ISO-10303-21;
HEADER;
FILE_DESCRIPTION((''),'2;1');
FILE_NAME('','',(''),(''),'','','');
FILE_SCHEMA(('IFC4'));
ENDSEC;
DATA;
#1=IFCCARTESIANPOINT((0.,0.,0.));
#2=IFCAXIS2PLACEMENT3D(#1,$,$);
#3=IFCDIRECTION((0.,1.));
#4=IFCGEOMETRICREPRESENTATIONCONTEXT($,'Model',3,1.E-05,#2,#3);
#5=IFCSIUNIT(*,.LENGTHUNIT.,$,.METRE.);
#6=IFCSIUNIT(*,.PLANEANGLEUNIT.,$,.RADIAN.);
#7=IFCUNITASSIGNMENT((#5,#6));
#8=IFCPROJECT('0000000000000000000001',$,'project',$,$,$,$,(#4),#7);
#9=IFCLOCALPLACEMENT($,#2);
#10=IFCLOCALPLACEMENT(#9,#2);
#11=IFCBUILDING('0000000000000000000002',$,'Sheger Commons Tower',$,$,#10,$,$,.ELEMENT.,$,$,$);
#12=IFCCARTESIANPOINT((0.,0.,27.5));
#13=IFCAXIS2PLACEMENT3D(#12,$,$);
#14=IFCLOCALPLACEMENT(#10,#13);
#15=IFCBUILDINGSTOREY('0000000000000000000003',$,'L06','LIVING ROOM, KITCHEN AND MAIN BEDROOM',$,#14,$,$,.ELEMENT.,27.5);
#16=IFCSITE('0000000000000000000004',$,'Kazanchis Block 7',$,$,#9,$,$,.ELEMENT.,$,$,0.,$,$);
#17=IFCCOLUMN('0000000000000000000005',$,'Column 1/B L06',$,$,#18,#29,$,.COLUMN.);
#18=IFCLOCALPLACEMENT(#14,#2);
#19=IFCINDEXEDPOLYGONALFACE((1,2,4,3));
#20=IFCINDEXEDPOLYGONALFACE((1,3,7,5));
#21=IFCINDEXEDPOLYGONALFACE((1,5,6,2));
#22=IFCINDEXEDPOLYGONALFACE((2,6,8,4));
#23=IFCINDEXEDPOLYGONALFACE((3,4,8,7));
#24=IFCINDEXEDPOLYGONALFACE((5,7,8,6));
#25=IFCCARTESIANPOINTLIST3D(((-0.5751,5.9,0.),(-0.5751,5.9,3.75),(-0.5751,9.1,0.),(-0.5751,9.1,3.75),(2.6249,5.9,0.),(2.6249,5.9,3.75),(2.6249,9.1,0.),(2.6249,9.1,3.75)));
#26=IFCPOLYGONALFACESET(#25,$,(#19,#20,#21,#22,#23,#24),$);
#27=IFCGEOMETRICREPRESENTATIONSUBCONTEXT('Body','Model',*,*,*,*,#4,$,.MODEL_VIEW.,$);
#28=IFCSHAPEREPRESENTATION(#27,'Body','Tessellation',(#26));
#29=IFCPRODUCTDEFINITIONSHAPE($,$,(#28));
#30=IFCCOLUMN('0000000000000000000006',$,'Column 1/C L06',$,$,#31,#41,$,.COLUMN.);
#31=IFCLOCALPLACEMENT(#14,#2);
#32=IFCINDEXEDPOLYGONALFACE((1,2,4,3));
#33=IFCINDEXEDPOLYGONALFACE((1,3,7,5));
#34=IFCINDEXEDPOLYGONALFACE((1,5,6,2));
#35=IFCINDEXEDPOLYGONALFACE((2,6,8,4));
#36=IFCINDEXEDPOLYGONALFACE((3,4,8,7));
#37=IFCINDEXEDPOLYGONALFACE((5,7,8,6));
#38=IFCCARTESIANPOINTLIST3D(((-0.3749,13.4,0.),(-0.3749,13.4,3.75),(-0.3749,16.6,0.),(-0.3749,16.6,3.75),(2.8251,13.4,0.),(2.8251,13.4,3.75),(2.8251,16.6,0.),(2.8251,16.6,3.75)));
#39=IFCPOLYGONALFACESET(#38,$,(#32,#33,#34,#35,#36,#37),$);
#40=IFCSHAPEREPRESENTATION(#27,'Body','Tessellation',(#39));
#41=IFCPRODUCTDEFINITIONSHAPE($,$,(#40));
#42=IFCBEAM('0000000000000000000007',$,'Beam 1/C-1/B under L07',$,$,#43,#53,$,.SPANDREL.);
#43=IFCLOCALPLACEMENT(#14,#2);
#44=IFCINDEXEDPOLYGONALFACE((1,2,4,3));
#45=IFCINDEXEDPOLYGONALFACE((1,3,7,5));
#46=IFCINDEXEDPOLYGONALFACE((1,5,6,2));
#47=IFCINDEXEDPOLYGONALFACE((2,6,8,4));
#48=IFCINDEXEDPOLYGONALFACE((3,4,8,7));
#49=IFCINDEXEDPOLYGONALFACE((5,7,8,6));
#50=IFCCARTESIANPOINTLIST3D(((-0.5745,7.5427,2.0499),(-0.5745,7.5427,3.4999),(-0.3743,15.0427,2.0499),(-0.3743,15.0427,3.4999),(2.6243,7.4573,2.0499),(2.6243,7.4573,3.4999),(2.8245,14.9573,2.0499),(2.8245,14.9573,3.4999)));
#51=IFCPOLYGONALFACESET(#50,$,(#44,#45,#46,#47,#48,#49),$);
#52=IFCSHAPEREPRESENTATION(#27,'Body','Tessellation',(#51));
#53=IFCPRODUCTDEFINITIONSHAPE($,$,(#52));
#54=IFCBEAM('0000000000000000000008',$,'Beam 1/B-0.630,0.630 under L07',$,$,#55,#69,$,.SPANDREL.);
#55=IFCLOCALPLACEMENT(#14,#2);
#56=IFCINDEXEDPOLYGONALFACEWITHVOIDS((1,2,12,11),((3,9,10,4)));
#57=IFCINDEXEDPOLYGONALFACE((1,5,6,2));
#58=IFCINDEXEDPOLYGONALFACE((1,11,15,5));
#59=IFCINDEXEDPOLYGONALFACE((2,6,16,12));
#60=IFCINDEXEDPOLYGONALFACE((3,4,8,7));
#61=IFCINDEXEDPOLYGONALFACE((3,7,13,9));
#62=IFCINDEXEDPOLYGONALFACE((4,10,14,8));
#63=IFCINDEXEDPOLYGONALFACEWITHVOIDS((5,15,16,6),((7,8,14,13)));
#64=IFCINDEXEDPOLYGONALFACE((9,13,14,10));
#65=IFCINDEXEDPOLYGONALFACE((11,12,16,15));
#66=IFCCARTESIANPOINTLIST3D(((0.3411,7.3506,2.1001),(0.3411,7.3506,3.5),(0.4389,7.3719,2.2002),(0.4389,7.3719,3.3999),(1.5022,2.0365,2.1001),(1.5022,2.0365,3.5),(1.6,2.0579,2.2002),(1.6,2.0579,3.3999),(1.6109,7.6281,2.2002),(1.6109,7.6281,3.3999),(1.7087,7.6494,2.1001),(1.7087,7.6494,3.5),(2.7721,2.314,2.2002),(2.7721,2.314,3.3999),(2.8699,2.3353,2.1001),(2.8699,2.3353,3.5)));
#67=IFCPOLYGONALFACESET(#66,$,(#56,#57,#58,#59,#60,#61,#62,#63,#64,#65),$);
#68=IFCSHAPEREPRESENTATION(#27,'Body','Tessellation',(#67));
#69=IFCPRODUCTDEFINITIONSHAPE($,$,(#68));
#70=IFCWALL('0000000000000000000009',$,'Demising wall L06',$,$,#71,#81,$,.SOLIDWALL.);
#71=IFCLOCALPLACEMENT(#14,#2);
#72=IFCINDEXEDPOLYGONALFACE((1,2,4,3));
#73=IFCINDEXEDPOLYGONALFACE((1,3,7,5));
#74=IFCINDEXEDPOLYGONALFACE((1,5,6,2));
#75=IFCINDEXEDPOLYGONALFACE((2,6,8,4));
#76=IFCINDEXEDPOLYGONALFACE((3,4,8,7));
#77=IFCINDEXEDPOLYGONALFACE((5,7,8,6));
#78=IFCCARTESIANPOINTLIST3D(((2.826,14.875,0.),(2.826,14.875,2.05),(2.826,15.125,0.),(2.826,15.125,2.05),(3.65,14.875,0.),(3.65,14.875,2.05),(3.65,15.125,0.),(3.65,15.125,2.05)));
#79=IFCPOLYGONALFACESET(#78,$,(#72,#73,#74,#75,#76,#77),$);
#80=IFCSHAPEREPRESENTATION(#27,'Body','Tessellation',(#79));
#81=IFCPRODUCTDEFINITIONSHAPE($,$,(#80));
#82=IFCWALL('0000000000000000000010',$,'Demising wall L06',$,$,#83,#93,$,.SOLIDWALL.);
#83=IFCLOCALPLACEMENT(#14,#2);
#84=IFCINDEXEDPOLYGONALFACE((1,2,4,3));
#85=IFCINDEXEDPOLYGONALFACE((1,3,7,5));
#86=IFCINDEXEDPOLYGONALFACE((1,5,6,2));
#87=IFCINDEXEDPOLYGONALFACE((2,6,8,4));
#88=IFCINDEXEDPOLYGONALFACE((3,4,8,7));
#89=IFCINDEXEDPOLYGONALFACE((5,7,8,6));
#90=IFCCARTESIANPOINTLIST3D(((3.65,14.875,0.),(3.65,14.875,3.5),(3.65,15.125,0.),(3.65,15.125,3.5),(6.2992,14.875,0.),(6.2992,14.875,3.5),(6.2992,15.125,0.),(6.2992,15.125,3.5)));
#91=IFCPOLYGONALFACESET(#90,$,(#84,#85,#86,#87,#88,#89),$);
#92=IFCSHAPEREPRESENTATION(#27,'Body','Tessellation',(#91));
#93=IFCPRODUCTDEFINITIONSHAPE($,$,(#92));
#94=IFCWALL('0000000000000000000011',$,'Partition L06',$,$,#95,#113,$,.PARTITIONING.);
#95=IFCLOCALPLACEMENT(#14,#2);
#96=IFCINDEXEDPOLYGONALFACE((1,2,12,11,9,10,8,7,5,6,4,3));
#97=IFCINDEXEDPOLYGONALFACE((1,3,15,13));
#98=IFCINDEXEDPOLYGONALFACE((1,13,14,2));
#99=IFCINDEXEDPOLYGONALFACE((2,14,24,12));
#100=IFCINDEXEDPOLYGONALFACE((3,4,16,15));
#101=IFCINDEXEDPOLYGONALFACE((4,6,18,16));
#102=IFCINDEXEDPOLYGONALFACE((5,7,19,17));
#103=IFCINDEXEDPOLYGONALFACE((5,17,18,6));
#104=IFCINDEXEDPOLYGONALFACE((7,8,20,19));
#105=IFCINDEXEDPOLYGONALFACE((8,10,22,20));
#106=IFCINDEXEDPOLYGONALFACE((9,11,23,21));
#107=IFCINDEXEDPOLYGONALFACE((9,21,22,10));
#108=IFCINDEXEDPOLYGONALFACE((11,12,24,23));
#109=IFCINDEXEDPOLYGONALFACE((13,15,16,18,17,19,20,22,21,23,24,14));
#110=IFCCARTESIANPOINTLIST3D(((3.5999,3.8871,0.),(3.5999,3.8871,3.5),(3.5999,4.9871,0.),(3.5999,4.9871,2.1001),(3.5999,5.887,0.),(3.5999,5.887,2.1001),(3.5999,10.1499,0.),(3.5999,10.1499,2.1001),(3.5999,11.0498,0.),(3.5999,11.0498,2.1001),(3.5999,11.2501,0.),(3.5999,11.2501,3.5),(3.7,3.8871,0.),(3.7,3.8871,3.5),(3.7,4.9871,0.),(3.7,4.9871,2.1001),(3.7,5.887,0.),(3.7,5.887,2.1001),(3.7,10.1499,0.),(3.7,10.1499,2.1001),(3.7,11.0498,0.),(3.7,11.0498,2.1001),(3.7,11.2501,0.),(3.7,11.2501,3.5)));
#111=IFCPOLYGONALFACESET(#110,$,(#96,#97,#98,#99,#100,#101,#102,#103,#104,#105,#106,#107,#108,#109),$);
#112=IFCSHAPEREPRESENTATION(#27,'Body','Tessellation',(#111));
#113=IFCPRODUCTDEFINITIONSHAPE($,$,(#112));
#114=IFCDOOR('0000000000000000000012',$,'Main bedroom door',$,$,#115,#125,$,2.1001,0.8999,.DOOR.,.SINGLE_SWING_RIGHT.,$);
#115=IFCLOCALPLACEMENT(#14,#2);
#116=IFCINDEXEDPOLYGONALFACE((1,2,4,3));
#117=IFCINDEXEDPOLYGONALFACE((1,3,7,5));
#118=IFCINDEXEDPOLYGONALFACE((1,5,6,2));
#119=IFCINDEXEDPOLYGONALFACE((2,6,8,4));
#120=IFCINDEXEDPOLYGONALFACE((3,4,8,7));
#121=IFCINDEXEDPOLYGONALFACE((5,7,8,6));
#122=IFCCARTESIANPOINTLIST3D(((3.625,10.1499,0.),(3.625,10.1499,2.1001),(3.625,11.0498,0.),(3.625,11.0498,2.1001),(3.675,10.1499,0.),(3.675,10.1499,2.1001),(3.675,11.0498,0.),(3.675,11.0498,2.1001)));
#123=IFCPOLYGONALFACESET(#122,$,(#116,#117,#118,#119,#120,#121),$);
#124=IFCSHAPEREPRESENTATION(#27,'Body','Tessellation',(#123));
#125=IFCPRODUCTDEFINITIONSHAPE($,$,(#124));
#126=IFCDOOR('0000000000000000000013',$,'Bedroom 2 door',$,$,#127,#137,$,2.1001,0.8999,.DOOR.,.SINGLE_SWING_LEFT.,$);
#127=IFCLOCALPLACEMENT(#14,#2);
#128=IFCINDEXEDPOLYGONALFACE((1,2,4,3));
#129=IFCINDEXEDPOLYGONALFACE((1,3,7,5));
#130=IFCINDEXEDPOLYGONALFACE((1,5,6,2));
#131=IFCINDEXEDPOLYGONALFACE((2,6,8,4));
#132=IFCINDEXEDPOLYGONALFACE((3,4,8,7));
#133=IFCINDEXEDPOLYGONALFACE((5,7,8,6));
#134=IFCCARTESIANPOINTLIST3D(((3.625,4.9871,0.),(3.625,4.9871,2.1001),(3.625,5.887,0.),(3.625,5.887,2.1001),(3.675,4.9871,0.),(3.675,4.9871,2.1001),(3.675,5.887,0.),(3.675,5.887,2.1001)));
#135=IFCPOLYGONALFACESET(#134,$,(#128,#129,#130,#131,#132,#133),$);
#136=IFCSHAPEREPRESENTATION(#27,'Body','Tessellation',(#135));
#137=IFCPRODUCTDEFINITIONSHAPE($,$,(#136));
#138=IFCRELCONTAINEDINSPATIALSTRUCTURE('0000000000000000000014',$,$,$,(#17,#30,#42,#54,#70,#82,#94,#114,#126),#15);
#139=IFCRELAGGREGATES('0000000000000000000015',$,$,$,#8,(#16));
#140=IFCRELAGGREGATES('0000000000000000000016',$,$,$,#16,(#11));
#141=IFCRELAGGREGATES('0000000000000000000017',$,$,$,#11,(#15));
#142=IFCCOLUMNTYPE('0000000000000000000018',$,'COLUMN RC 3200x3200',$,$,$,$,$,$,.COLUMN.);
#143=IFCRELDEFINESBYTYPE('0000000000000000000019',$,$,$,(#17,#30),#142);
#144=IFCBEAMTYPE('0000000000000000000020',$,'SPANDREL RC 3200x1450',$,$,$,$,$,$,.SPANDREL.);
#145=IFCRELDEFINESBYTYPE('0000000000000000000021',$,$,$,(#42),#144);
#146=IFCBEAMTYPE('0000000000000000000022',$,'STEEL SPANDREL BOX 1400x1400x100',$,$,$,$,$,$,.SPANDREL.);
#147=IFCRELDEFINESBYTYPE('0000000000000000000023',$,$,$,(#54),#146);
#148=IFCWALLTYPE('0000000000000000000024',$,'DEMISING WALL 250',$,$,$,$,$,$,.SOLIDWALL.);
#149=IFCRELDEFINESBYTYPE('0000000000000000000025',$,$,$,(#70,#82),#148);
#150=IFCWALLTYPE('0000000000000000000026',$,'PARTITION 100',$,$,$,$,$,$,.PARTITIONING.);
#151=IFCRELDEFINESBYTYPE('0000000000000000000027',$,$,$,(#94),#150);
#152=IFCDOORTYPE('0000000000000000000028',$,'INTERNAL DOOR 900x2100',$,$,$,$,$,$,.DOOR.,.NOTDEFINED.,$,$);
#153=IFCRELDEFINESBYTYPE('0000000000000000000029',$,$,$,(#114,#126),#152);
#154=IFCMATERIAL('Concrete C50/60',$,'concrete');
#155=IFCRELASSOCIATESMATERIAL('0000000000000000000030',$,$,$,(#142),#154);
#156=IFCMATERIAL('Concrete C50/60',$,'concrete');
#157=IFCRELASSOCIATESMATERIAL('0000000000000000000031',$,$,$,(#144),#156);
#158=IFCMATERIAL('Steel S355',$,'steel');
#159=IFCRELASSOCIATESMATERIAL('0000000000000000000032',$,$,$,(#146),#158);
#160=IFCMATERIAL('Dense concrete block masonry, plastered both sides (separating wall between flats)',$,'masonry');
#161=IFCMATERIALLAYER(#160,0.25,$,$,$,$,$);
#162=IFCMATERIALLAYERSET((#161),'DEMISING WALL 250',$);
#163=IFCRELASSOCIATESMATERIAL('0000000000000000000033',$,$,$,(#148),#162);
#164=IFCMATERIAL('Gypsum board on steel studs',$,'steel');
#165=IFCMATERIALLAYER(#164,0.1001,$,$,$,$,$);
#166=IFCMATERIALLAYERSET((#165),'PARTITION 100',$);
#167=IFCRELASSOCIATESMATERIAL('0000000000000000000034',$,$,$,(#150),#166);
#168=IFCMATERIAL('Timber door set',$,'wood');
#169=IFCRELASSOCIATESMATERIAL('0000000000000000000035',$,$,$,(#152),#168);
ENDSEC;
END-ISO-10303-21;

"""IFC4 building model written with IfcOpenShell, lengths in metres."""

from ifc_helpers import new_model, si_unit, direction, frame, frame_2d, origin, origin_2d, place, context, subcontext, project, spatial, rectangle, hollow_rectangle, extrude, material, layer, layer_set, material_profile, profile_set, type_object, element, fill, save


model = new_model("IFC4")

# Units and contexts
model_context = context("Model", 3, precision=1e-05, world=origin(), true_north=direction((0.0, 1.0)))
body_context = subcontext(model_context, "Body", "Model", "MODEL_VIEW")
ifc_project = project(units=[si_unit("LENGTHUNIT", "METRE"), si_unit("PLANEANGLEUNIT", "RADIAN")], contexts=[model_context])

# Site, building, storey
site_placement = place(None, origin())
site = spatial("IfcSite", under=ifc_project, at=site_placement, Name="Kazanchis Block 7", CompositionType="ELEMENT", RefElevation=0.0)
building_placement = place(site_placement, origin())
building = spatial("IfcBuilding", under=site, at=building_placement, Name="Sheger Commons Tower", CompositionType="ELEMENT")
storey_placement = place(building_placement, frame((0.0, 0.0, 27.5)))
storey = spatial("IfcBuildingStorey", under=building, at=storey_placement, Name="L06", Description="LIVING ROOM, KITCHEN AND MAIN BEDROOM", CompositionType="ELEMENT", Elevation=27.5)

# Columns
ifc_material_1 = material(Name="Concrete C50/60", Category="concrete")
ifc_material_profile_1 = material_profile(ifc_material_1, rectangle(XDim=3.2, YDim=3.2, at=origin_2d()), Name="RC 3200x3200")
ifc_profile_set_1 = profile_set([ifc_material_profile_1], Name="Concrete C50/60")
column_type = type_object("IfcColumnType", Name="COLUMN RC 3200x3200", PredefinedType="COLUMN", material=ifc_profile_set_1)
for number, where, z_axis, x_axis, name in (
    (1, (1.0249, 7.5, 0.0), (0.0, 0.0, 1.0), (1.0, 0.0, 0.0), "Column 1/B L06"),
    (2, (1.2251, 15.0, 0.0), (0.0, 0.0, 1.0), (1.0, 0.0, 0.0), "Column 1/C L06"),
):
    element("IfcColumn", number, at=place(storey_placement, frame(where, z_axis=z_axis, x_axis=x_axis)), inside=storey, type_object=column_type, Name=name, PredefinedType="COLUMN", context=body_context, shape_type="SweptSolid", body=[
        extrude(rectangle(XDim=3.2, YDim=3.2, at=origin_2d()), origin(), (0.0, 0.0, 1.0), 3.75),
    ])

# Beams
ifc_material_2 = material(Name="Concrete C50/60", Category="concrete")
ifc_material_profile_2 = material_profile(ifc_material_2, rectangle(XDim=3.2, YDim=1.45, at=origin_2d()), Name="RC 3200x1450")
ifc_profile_set_2 = profile_set([ifc_material_profile_2], Name="Concrete C50/60")
beam_type_1 = type_object("IfcBeamType", Name="SPANDREL RC 3200x1450", PredefinedType="SPANDREL", material=ifc_profile_set_2)
beam_1_placement = place(storey_placement, frame((1.2251, 15.0, 2.7749), z_axis=(-0.026683, -0.999644, 0.0), x_axis=(0.999644, -0.026683, 0.0)))
element("IfcBeam", 3, at=beam_1_placement, inside=storey, type_object=beam_type_1, Name="Beam 1/C-1/B under L07", PredefinedType="SPANDREL", context=body_context, shape_type="SweptSolid", body=[
    extrude(rectangle(XDim=3.2, YDim=1.45, at=origin_2d()), origin(), (0.0, 0.0, 1.0), 7.5027),
])
ifc_material_3 = material(Name="Steel S355", Category="steel")
ifc_material_profile_3 = material_profile(ifc_material_3, hollow_rectangle(XDim=1.3999, YDim=1.3999, WallThickness=0.1001, at=origin_2d()), Name="BOX 1400x1400x100")
ifc_profile_set_3 = profile_set([ifc_material_profile_3], Name="Steel S355")
beam_type_2 = type_object("IfcBeamType", Name="STEEL SPANDREL BOX 1400x1400x100", PredefinedType="SPANDREL", material=ifc_profile_set_3)
beam_2_placement = place(storey_placement, frame((1.0249, 7.5, 2.8), z_axis=(0.213469, -0.97695, 0.0), x_axis=(0.97695, 0.213469, 0.0)))
element("IfcBeam", 4, at=beam_2_placement, inside=storey, type_object=beam_type_2, Name="Beam 1/B-0.630,0.630 under L07", PredefinedType="SPANDREL", context=body_context, shape_type="SweptSolid", body=[
    extrude(hollow_rectangle(XDim=1.3999, YDim=1.3999, WallThickness=0.1001, at=origin_2d()), origin(), (0.0, 0.0, 1.0), 5.4395),
])

# Walls
ifc_material_4 = material(Name="Dense concrete block masonry, plastered both sides (separating wall between flats)", Category="masonry")
ifc_layer_1 = layer(ifc_material_4, 0.25)
ifc_layer_set_1 = layer_set([ifc_layer_1], Name="DEMISING WALL 250")
wall_type_1 = type_object("IfcWallType", Name="DEMISING WALL 250", PredefinedType="SOLIDWALL", material=ifc_layer_set_1)
wall_1_placement = place(storey_placement, frame((2.8259, 15.0, 0.0), z_axis=(0.0, 0.0, 1.0), x_axis=(1.0, 0.0, 0.0)))
element("IfcWall", 5, at=wall_1_placement, inside=storey, type_object=wall_type_1, Name="Demising wall L06", PredefinedType="SOLIDWALL", context=body_context, shape_type="SweptSolid", body=[
    extrude(rectangle(XDim=0.824, YDim=0.25, at=frame_2d((0.4121, 0.0))), origin(), (0.0, 0.0, 1.0), 2.05),
])
wall_2_placement = place(storey_placement, frame((3.6499, 15.0, 0.0), z_axis=(0.0, 0.0, 1.0), x_axis=(1.0, 0.0, 0.0)))
element("IfcWall", 6, at=wall_2_placement, inside=storey, type_object=wall_type_1, Name="Demising wall L06", PredefinedType="SOLIDWALL", context=body_context, shape_type="SweptSolid", body=[
    extrude(rectangle(XDim=2.6492, YDim=0.25, at=frame_2d((1.3247, 0.0))), origin(), (0.0, 0.0, 1.0), 3.5),
])

# Wall, openings, doors
ifc_material_5 = material(Name="Gypsum board on steel studs", Category="steel")
ifc_layer_2 = layer(ifc_material_5, 0.1001)
ifc_layer_set_2 = layer_set([ifc_layer_2], Name="PARTITION 100")
wall_type_2 = type_object("IfcWallType", Name="PARTITION 100", PredefinedType="PARTITIONING", material=ifc_layer_set_2)
wall_3_placement = place(storey_placement, frame((3.6499, 3.887, 0.0), z_axis=(0.0, 0.0, 1.0), x_axis=(0.0, 1.0, 0.0)))
wall_3 = element("IfcWall", 7, at=wall_3_placement, inside=storey, type_object=wall_type_2, Name="Partition L06", PredefinedType="PARTITIONING", context=body_context, shape_type="SweptSolid", body=[
    extrude(rectangle(XDim=7.363, YDim=0.1001, at=frame_2d((3.6816, 0.0))), origin(), (0.0, 0.0, 1.0), 3.5),
])
opening_1_placement = place(wall_3_placement, frame((6.2629, 0.0, 0.0)))
opening_1 = element("IfcOpeningElement", 8, at=opening_1_placement, cuts=wall_3, PredefinedType="OPENING", context=body_context, shape_type="SweptSolid", body=[
    extrude(rectangle(XDim=0.8999, YDim=2.1001, at=frame_2d((0.45, 1.05))), frame((0.0, 0.0601, 0.0), z_axis=(0.0, -1.0, 0.0), x_axis=(1.0, 0.0, 0.0)), (0.0, 0.0, 1.0), 0.1201),
])
opening_2_placement = place(wall_3_placement, frame((1.1001, 0.0, 0.0)))
opening_2 = element("IfcOpeningElement", 9, at=opening_2_placement, cuts=wall_3, PredefinedType="OPENING", context=body_context, shape_type="SweptSolid", body=[
    extrude(rectangle(XDim=0.8999, YDim=2.1001, at=frame_2d((0.45, 1.05))), frame((0.0, 0.0601, 0.0), z_axis=(0.0, -1.0, 0.0), x_axis=(1.0, 0.0, 0.0)), (0.0, 0.0, 1.0), 0.1201),
])
ifc_material_6 = material(Name="Timber door set", Category="wood")
door_type = type_object("IfcDoorType", Name="INTERNAL DOOR 900x2100", OperationType="NOTDEFINED", PredefinedType="DOOR", material=ifc_material_6)
door_1_placement = place(opening_1_placement, origin())
door_1 = element("IfcDoor", 10, at=door_1_placement, inside=storey, type_object=door_type, Name="Main bedroom door", OperationType="SINGLE_SWING_RIGHT", OverallHeight=2.1001, OverallWidth=0.8999, PredefinedType="DOOR", context=body_context, shape_type="SweptSolid", body=[
    extrude(rectangle(XDim=0.8999, YDim=2.1001, at=frame_2d((0.45, 1.05))), frame((0.0, 0.0249, 0.0), z_axis=(0.0, -1.0, 0.0), x_axis=(1.0, 0.0, 0.0)), (0.0, 0.0, 1.0), 0.05),
])
fill(opening_1, door_1)
door_2_placement = place(opening_2_placement, origin())
door_2 = element("IfcDoor", 11, at=door_2_placement, inside=storey, type_object=door_type, Name="Bedroom 2 door", OperationType="SINGLE_SWING_LEFT", OverallHeight=2.1001, OverallWidth=0.8999, PredefinedType="DOOR", context=body_context, shape_type="SweptSolid", body=[
    extrude(rectangle(XDim=0.8999, YDim=2.1001, at=frame_2d((0.45, 1.05))), frame((0.0, 0.0249, 0.0), z_axis=(0.0, -1.0, 0.0), x_axis=(1.0, 0.0, 0.0)), (0.0, 0.0, 1.0), 0.05),
])
fill(opening_2, door_2)

save(model, "model.ifc")
